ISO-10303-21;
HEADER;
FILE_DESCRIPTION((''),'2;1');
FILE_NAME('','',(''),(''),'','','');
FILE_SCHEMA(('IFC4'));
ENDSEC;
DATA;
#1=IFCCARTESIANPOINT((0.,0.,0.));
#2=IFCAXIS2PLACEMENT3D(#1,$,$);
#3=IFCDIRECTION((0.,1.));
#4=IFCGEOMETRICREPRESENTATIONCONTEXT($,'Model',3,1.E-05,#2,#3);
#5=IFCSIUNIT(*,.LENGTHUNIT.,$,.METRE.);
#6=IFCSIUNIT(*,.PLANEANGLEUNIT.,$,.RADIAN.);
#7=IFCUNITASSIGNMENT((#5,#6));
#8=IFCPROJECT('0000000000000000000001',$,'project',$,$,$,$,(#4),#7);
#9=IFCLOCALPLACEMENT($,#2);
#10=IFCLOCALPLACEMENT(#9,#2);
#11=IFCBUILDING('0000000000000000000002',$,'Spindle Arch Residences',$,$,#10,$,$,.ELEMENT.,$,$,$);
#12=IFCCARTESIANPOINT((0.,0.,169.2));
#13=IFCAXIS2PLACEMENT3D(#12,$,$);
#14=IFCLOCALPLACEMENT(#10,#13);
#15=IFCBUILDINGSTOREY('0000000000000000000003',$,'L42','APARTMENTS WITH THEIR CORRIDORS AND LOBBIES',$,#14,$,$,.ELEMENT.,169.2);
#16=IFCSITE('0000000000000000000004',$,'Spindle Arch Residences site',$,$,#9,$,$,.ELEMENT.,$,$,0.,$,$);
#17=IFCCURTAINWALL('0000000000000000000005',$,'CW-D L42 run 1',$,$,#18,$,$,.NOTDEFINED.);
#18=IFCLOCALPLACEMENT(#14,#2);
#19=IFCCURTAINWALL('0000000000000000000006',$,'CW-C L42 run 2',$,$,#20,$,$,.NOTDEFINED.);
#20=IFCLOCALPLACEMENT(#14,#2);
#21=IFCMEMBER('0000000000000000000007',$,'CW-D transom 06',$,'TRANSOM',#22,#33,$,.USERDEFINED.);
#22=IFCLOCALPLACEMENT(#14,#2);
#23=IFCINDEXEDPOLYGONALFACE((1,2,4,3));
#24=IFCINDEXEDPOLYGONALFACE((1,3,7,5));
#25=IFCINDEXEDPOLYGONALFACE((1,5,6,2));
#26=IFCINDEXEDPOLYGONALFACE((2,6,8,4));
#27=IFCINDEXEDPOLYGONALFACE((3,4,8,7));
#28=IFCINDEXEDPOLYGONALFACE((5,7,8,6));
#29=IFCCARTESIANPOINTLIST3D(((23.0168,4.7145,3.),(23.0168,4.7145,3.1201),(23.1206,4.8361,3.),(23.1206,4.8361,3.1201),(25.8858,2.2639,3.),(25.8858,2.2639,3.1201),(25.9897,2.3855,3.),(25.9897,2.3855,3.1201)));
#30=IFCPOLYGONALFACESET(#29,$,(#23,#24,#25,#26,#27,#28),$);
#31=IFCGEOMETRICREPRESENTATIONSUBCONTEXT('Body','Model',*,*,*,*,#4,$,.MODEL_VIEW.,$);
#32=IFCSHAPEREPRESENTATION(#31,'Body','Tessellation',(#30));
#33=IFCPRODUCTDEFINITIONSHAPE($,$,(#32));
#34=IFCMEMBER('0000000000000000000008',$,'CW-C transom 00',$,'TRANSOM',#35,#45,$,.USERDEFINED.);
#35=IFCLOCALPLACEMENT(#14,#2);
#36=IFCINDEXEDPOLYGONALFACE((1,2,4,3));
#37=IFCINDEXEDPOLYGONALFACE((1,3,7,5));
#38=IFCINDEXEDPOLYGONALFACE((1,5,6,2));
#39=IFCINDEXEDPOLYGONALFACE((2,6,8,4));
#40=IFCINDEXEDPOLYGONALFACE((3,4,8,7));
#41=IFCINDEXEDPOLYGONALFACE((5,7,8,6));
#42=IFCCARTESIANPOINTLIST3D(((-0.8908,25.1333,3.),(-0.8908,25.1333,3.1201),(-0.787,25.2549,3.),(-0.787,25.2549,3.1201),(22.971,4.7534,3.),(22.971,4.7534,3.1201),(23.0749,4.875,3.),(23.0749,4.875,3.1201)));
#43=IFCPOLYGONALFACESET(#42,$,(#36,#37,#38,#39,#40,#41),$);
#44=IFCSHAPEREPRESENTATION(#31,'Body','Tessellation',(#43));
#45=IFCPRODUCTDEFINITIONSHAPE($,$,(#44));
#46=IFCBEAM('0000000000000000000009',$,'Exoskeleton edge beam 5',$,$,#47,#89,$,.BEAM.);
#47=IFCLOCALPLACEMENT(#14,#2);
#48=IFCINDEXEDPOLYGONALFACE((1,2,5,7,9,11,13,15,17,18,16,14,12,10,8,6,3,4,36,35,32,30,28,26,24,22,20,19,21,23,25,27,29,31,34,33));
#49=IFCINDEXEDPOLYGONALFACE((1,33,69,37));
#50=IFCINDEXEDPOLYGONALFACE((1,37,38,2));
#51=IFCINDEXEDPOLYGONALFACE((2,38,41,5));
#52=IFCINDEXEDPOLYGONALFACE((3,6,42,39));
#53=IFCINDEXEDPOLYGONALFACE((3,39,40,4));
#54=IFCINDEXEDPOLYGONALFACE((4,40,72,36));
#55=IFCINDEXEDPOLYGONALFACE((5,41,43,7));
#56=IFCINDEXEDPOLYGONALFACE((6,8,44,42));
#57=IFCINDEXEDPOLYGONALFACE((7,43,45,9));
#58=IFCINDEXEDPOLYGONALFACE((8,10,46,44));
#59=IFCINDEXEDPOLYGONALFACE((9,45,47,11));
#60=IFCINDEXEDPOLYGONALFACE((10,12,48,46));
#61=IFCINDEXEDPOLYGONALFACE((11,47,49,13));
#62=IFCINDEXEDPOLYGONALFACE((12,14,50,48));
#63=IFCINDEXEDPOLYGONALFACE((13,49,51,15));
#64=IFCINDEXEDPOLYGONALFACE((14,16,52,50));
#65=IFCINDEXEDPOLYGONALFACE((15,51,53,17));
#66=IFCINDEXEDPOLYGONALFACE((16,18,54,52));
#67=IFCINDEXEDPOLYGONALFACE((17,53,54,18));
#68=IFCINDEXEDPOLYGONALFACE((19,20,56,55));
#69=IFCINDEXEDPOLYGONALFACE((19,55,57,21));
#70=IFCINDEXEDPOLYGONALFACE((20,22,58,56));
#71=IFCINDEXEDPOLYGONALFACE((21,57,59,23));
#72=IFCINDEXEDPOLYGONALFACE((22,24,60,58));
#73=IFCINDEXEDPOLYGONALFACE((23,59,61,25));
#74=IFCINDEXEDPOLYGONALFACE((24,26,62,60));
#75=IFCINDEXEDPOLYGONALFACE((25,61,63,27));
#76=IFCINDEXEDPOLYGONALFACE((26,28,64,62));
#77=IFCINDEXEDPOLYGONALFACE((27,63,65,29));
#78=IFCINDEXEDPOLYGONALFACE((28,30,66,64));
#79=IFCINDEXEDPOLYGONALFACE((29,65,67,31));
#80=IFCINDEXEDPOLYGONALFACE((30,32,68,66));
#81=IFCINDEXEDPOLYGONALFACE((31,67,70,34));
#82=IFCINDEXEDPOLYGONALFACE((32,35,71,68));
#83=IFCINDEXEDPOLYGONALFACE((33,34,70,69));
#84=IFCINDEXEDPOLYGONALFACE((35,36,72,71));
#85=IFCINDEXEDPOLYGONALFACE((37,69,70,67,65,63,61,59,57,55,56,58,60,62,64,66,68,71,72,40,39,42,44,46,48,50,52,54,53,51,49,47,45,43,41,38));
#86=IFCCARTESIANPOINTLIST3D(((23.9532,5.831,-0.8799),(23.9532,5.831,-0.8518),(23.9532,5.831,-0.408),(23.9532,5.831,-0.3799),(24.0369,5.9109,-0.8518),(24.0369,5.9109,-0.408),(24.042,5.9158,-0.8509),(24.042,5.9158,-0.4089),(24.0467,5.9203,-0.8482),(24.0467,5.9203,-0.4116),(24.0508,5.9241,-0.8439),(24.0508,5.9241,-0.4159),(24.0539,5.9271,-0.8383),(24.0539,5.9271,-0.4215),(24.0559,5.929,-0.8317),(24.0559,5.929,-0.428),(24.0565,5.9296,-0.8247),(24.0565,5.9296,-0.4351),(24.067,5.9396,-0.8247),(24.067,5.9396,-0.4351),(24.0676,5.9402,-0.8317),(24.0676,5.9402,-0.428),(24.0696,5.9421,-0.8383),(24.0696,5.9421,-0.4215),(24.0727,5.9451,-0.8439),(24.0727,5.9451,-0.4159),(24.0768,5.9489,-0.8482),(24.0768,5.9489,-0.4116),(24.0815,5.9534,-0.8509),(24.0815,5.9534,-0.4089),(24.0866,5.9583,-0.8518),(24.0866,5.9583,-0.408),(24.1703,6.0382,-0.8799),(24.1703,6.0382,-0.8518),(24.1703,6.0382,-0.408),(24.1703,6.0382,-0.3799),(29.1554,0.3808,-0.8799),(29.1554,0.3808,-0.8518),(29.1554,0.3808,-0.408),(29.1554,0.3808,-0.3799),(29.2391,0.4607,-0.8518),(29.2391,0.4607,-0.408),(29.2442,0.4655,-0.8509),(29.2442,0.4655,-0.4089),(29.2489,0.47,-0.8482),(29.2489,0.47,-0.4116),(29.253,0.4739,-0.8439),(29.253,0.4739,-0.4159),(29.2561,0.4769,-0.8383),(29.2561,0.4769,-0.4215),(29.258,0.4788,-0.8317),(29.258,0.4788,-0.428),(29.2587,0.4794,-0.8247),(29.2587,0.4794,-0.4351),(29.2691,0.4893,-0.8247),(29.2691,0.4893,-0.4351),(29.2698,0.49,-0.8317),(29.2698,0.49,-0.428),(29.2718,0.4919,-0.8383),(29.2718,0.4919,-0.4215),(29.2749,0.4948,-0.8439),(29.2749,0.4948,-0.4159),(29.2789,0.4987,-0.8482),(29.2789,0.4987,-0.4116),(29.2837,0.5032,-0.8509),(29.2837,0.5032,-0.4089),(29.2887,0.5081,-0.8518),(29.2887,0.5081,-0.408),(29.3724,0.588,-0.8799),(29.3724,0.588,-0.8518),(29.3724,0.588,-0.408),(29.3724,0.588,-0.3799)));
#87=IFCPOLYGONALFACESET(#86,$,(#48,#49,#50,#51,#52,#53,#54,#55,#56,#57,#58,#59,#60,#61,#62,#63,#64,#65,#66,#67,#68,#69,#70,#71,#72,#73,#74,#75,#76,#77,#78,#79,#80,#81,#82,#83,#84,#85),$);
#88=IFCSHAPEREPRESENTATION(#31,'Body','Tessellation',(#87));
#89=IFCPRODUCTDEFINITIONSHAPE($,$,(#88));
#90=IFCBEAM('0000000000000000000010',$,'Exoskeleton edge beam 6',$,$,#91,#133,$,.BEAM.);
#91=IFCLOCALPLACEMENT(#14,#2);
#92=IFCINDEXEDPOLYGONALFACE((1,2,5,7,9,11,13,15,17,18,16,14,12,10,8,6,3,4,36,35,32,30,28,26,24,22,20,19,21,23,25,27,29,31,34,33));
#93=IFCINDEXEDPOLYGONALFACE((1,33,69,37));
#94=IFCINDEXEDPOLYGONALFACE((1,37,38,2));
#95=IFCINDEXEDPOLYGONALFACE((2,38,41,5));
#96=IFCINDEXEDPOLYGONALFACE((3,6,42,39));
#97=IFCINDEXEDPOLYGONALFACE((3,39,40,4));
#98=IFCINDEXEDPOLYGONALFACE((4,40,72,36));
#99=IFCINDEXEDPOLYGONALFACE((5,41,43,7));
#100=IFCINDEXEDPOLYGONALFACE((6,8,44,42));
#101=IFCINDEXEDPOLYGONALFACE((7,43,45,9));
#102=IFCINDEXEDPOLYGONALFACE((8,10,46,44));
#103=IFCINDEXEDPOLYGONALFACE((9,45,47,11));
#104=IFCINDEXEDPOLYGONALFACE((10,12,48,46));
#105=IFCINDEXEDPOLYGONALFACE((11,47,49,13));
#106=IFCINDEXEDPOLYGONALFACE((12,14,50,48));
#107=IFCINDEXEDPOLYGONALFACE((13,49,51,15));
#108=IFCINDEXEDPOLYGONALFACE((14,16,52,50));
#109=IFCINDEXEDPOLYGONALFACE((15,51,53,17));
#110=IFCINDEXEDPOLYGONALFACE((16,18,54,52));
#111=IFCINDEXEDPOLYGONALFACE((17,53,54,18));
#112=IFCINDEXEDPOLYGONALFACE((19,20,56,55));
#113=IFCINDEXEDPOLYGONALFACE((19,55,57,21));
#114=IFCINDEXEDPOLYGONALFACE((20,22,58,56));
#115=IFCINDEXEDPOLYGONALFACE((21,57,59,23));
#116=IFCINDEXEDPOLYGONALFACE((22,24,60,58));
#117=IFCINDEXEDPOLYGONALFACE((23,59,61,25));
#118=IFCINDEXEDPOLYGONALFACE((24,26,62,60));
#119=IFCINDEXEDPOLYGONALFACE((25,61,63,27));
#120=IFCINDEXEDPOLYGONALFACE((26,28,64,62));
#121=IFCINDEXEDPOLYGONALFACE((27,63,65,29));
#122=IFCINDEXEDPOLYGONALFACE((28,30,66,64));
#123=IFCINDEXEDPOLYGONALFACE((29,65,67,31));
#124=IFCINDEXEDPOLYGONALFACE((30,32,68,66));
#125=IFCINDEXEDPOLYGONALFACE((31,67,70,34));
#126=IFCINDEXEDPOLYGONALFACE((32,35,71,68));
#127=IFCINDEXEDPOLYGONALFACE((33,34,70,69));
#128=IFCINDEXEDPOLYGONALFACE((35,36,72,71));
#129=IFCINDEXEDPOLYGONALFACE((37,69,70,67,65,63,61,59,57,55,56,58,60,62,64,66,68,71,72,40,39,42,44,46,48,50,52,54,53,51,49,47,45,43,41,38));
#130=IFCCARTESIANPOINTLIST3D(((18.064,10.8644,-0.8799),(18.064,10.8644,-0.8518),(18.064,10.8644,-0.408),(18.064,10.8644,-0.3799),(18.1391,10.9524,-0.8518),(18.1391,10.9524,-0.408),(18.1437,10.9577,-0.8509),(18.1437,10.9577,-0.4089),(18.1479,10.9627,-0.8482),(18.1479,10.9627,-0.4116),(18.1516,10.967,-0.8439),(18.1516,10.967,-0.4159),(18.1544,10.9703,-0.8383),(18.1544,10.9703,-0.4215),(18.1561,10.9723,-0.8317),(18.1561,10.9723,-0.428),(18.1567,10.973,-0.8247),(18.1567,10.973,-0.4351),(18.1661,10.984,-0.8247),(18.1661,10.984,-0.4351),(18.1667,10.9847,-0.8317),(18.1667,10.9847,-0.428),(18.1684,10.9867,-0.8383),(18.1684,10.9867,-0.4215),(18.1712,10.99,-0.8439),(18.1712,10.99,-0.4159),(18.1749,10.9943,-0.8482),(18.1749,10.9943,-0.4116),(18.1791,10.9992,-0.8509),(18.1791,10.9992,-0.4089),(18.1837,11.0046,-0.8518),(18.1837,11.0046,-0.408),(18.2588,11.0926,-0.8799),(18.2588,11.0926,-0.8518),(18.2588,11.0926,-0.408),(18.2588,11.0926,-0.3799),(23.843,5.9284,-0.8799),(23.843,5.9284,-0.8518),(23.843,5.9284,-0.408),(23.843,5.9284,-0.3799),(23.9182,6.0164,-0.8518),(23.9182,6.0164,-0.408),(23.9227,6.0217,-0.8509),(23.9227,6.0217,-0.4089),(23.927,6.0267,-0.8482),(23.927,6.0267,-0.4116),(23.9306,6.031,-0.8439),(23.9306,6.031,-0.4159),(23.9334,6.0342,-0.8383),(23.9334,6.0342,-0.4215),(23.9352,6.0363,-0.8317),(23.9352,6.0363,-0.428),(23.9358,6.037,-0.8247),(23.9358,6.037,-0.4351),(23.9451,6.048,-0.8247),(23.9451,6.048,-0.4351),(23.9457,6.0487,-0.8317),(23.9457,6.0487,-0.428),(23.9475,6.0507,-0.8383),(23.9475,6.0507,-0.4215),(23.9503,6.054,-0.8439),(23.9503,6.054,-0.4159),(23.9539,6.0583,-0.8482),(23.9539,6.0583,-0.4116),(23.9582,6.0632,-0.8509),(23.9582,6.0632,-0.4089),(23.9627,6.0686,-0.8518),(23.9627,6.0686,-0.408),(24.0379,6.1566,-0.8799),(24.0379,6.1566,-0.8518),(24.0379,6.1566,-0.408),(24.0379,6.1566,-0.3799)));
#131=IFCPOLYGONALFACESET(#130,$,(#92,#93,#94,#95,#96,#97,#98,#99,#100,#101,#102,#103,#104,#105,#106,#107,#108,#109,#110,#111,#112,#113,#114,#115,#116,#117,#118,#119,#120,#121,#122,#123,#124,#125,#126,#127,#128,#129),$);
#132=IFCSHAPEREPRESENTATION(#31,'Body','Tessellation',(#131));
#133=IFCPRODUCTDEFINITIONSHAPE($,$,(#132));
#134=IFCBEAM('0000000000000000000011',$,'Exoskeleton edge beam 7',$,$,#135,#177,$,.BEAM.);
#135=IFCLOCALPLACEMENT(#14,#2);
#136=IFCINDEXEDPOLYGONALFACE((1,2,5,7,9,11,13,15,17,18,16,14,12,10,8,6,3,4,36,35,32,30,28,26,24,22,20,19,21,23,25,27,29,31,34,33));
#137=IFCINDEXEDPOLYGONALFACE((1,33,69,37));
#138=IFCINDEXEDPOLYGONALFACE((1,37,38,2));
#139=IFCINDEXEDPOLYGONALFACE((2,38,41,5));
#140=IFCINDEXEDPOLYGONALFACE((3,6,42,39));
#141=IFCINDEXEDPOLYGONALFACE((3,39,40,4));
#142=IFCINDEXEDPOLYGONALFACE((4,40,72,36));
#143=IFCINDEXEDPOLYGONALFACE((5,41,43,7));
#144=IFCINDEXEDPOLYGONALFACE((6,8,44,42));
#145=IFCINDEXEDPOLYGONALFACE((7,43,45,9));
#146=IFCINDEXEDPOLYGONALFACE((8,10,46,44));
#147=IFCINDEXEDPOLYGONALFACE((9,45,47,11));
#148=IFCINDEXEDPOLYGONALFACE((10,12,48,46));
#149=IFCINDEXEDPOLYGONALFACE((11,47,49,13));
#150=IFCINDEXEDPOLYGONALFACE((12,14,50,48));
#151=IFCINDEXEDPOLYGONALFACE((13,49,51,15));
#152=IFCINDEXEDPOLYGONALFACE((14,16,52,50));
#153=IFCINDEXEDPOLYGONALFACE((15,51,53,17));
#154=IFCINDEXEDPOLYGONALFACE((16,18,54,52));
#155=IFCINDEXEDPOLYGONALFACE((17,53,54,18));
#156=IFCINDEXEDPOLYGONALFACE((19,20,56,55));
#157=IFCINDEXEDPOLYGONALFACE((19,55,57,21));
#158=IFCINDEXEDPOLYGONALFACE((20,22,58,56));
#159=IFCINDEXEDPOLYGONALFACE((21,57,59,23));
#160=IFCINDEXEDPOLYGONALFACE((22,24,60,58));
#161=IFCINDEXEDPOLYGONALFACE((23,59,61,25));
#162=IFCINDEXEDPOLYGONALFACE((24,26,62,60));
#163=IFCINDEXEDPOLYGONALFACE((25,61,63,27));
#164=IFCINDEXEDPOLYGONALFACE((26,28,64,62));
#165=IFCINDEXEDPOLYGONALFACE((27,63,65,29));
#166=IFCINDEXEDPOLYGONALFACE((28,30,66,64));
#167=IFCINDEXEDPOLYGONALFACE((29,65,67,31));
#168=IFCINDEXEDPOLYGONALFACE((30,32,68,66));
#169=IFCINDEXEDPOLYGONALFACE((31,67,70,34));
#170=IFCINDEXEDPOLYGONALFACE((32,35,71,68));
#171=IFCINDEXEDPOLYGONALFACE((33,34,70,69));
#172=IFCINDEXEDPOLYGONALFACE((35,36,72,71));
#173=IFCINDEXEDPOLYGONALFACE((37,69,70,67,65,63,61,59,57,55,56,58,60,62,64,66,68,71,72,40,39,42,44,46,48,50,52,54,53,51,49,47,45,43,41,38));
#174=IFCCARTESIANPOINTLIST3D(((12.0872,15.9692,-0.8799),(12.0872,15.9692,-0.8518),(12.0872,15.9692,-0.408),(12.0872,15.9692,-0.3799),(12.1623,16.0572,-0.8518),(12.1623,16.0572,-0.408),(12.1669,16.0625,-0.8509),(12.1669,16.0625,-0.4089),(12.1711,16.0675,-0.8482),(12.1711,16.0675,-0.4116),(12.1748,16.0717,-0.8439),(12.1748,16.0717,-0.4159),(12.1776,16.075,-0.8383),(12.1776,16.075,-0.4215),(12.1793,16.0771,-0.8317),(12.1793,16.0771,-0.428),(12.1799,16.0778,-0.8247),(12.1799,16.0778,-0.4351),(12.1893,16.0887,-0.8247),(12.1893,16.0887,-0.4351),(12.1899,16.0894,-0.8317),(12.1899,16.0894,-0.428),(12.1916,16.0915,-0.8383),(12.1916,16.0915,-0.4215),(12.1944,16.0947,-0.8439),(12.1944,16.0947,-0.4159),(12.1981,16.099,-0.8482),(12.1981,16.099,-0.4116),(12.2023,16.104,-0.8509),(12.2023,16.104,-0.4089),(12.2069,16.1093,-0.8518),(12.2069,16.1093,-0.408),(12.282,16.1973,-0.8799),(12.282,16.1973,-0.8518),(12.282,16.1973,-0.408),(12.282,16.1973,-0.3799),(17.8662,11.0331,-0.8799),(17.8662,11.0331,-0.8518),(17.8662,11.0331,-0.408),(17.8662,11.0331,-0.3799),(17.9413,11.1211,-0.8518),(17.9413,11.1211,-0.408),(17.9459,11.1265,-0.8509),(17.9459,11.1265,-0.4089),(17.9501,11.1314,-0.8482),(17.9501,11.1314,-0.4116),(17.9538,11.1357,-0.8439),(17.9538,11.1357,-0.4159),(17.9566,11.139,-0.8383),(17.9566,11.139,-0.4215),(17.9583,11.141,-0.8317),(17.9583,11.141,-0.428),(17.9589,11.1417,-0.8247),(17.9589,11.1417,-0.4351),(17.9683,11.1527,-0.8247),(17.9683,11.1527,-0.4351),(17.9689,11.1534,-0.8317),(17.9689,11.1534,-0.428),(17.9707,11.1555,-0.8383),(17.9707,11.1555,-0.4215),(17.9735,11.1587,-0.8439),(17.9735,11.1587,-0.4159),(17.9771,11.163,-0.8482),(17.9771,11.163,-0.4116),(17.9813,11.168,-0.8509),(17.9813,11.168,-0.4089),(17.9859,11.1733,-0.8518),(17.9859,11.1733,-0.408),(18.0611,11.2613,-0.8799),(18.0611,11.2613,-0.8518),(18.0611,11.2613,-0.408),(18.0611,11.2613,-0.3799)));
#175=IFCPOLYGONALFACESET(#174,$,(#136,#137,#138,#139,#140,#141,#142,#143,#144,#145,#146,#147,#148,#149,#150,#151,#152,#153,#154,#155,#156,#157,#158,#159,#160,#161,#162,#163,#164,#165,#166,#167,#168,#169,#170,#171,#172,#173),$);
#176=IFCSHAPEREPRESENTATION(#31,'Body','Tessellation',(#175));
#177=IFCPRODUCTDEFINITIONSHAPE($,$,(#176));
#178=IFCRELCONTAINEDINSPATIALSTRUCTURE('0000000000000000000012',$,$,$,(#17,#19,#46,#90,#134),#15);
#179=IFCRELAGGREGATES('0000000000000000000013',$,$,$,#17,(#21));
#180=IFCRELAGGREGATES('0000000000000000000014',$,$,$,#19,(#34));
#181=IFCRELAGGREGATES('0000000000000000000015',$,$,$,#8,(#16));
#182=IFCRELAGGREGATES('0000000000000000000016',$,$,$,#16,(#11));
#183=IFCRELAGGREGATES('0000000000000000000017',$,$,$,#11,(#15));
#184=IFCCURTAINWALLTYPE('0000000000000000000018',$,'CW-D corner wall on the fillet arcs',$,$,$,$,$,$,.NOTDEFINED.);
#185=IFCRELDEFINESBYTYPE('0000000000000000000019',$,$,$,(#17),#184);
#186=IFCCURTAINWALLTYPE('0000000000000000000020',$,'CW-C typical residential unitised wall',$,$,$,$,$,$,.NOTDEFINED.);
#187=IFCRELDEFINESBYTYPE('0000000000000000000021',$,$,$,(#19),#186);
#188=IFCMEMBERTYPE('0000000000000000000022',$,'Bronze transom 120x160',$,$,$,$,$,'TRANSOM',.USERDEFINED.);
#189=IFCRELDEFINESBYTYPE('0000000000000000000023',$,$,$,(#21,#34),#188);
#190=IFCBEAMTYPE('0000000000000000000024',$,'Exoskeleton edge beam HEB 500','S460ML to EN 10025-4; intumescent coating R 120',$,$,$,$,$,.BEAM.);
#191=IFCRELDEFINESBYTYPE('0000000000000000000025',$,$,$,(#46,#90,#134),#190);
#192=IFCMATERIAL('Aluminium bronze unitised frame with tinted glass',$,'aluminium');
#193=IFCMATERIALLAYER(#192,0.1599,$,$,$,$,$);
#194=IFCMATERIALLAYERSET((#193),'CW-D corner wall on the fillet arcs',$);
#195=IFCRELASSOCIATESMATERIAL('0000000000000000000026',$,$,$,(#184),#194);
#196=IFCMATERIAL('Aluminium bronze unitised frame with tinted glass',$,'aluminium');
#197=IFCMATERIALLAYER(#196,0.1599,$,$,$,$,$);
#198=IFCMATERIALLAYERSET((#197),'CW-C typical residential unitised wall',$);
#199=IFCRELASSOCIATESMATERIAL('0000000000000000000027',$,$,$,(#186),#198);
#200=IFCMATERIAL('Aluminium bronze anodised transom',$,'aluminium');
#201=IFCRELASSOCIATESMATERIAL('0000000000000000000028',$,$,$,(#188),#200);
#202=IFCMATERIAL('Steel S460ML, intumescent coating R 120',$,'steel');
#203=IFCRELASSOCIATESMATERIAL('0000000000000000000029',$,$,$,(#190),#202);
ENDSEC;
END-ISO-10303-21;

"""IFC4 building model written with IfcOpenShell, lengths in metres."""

from ifc_helpers import new_model, si_unit, direction, frame, origin, origin_2d, place, context, subcontext, project, spatial, rectangle, i_section, extrude, material, layer, layer_set, material_profile, profile_set, type_object, element, aggregate, save


model = new_model("IFC4")

# Units and contexts
model_context = context("Model", 3, precision=1e-05, world=origin(), true_north=direction((0.0, 1.0)))
body_context = subcontext(model_context, "Body", "Model", "MODEL_VIEW")
ifc_project = project(units=[si_unit("LENGTHUNIT", "METRE"), si_unit("PLANEANGLEUNIT", "RADIAN")], contexts=[model_context])

# Site, building, storey
site_placement = place(None, origin())
site = spatial("IfcSite", under=ifc_project, at=site_placement, Name="Spindle Arch Residences site", CompositionType="ELEMENT", RefElevation=0.0)
building_placement = place(site_placement, origin())
building = spatial("IfcBuilding", under=site, at=building_placement, Name="Spindle Arch Residences", CompositionType="ELEMENT")
storey_placement = place(building_placement, frame((0.0, 0.0, 169.2)))
storey = spatial("IfcBuildingStorey", under=building, at=storey_placement, Name="L42", Description="APARTMENTS WITH THEIR CORRIDORS AND LOBBIES", CompositionType="ELEMENT", Elevation=169.2)

# Curtain wall
ifc_material_1 = material(Name="Aluminium bronze unitised frame with tinted glass", Category="aluminium")
ifc_layer_1 = layer(ifc_material_1, 0.1599)
ifc_layer_set_1 = layer_set([ifc_layer_1], Name="CW-D corner wall on the fillet arcs")
curtain_wall_type_1 = type_object("IfcCurtainWallType", Name="CW-D corner wall on the fillet arcs", PredefinedType="NOTDEFINED", material=ifc_layer_set_1)
curtain_wall_1_placement = place(storey_placement, origin())
curtain_wall_1 = element("IfcCurtainWall", 1, at=curtain_wall_1_placement, inside=storey, type_object=curtain_wall_type_1, Name="CW-D L42 run 1", PredefinedType="NOTDEFINED")

# Curtain wall
ifc_material_2 = material(Name="Aluminium bronze unitised frame with tinted glass", Category="aluminium")
ifc_layer_2 = layer(ifc_material_2, 0.1599)
ifc_layer_set_2 = layer_set([ifc_layer_2], Name="CW-C typical residential unitised wall")
curtain_wall_type_2 = type_object("IfcCurtainWallType", Name="CW-C typical residential unitised wall", PredefinedType="NOTDEFINED", material=ifc_layer_set_2)
curtain_wall_2_placement = place(storey_placement, origin())
curtain_wall_2 = element("IfcCurtainWall", 2, at=curtain_wall_2_placement, inside=storey, type_object=curtain_wall_type_2, Name="CW-C L42 run 2", PredefinedType="NOTDEFINED")

# Members
ifc_material_3 = material(Name="Aluminium bronze anodised transom", Category="aluminium")
ifc_material_profile_1 = material_profile(ifc_material_3, rectangle(XDim=0.1599, YDim=0.1201, at=origin_2d()), Name="TR 120x160")
ifc_profile_set_1 = profile_set([ifc_material_profile_1], Name="Aluminium bronze anodised transom")
member_type_1 = type_object("IfcMemberType", Name="Bronze transom 120x160", ElementType="TRANSOM", PredefinedType="USERDEFINED", material=ifc_profile_set_1)
member_1_placement = place(storey_placement, frame((25.9377, 2.3247, 3.0601), z_axis=(-0.760379, 0.64948, 0.0), x_axis=(-0.64948, -0.760379, 0.0)))
member_1 = element("IfcMember", 3, at=member_1_placement, type_object=member_type_1, Name="CW-D transom 06", ObjectType="TRANSOM", PredefinedType="USERDEFINED", context=body_context, shape_type="SweptSolid", body=[
    extrude(rectangle(XDim=0.1599, YDim=0.1201, at=origin_2d()), origin(), (0.0, 0.0, 1.0), 3.7732),
])
member_2_placement = place(storey_placement, frame((23.0229, 4.8142, 3.0601), z_axis=(-0.760406, 0.649447, 0.0), x_axis=(-0.649447, -0.760406, 0.0)))
member_2 = element("IfcMember", 4, at=member_2_placement, type_object=member_type_1, Name="CW-C transom 00", ObjectType="TRANSOM", PredefinedType="USERDEFINED", context=body_context, shape_type="SweptSolid", body=[
    extrude(rectangle(XDim=0.1599, YDim=0.1201, at=origin_2d()), origin(), (0.0, 0.0, 1.0), 31.3804),
])

# Beams
ifc_material_4 = material(Name="Steel S460ML, intumescent coating R 120", Category="steel")
ifc_material_profile_2 = material_profile(ifc_material_4, i_section(OverallWidth=0.3, OverallDepth=0.5, WebThickness=0.0144, FlangeThickness=0.0281, FilletRadius=0.0271, at=origin_2d()), Name="HEB 500")
ifc_profile_set_2 = profile_set([ifc_material_profile_2], Name="Steel S460ML, intumescent coating R 120")
beam_type_1 = type_object("IfcBeamType", Name="Exoskeleton edge beam HEB 500", Description="S460ML to EN 10025-4; intumescent coating R 120", PredefinedType="BEAM", material=ifc_profile_set_2)
beam_1_placement = place(storey_placement, frame((29.2639, 0.4844, -0.6299), z_axis=(-0.690454, 0.723376, 0.0), x_axis=(-0.723376, -0.690454, 0.0)))
element("IfcBeam", 5, at=beam_1_placement, inside=storey, type_object=beam_type_1, Name="Exoskeleton edge beam 5", PredefinedType="BEAM", context=body_context, shape_type="SweptSolid", body=[
    extrude(i_section(OverallWidth=0.3, OverallDepth=0.5, WebThickness=0.0144, FlangeThickness=0.0281, FilletRadius=0.0271, at=origin_2d()), origin(), (0.0, 0.0, 1.0), 7.5344),
])
for number, where, z_axis, x_axis, name in (
    (6, (23.9404, 6.0425, -0.6299), (-0.760389, 0.649468, 0.0), (-0.649468, -0.760389, 0.0), "Exoskeleton edge beam 6"),
    (7, (17.9636, 11.1472, -0.6299), (-0.760389, 0.649468, 0.0), (-0.649468, -0.760389, 0.0), "Exoskeleton edge beam 7"),
):
    element("IfcBeam", number, at=place(storey_placement, frame(where, z_axis=z_axis, x_axis=x_axis)), inside=storey, type_object=beam_type_1, Name=name, PredefinedType="BEAM", context=body_context, shape_type="SweptSolid", body=[
        extrude(i_section(OverallWidth=0.3, OverallDepth=0.5, WebThickness=0.0144, FlangeThickness=0.0281, FilletRadius=0.0271, at=origin_2d()), origin(), (0.0, 0.0, 1.0), 7.6001),
    ])

aggregate(curtain_wall_1, [member_1])
aggregate(curtain_wall_2, [member_2])

save(model, "model.ifc")
